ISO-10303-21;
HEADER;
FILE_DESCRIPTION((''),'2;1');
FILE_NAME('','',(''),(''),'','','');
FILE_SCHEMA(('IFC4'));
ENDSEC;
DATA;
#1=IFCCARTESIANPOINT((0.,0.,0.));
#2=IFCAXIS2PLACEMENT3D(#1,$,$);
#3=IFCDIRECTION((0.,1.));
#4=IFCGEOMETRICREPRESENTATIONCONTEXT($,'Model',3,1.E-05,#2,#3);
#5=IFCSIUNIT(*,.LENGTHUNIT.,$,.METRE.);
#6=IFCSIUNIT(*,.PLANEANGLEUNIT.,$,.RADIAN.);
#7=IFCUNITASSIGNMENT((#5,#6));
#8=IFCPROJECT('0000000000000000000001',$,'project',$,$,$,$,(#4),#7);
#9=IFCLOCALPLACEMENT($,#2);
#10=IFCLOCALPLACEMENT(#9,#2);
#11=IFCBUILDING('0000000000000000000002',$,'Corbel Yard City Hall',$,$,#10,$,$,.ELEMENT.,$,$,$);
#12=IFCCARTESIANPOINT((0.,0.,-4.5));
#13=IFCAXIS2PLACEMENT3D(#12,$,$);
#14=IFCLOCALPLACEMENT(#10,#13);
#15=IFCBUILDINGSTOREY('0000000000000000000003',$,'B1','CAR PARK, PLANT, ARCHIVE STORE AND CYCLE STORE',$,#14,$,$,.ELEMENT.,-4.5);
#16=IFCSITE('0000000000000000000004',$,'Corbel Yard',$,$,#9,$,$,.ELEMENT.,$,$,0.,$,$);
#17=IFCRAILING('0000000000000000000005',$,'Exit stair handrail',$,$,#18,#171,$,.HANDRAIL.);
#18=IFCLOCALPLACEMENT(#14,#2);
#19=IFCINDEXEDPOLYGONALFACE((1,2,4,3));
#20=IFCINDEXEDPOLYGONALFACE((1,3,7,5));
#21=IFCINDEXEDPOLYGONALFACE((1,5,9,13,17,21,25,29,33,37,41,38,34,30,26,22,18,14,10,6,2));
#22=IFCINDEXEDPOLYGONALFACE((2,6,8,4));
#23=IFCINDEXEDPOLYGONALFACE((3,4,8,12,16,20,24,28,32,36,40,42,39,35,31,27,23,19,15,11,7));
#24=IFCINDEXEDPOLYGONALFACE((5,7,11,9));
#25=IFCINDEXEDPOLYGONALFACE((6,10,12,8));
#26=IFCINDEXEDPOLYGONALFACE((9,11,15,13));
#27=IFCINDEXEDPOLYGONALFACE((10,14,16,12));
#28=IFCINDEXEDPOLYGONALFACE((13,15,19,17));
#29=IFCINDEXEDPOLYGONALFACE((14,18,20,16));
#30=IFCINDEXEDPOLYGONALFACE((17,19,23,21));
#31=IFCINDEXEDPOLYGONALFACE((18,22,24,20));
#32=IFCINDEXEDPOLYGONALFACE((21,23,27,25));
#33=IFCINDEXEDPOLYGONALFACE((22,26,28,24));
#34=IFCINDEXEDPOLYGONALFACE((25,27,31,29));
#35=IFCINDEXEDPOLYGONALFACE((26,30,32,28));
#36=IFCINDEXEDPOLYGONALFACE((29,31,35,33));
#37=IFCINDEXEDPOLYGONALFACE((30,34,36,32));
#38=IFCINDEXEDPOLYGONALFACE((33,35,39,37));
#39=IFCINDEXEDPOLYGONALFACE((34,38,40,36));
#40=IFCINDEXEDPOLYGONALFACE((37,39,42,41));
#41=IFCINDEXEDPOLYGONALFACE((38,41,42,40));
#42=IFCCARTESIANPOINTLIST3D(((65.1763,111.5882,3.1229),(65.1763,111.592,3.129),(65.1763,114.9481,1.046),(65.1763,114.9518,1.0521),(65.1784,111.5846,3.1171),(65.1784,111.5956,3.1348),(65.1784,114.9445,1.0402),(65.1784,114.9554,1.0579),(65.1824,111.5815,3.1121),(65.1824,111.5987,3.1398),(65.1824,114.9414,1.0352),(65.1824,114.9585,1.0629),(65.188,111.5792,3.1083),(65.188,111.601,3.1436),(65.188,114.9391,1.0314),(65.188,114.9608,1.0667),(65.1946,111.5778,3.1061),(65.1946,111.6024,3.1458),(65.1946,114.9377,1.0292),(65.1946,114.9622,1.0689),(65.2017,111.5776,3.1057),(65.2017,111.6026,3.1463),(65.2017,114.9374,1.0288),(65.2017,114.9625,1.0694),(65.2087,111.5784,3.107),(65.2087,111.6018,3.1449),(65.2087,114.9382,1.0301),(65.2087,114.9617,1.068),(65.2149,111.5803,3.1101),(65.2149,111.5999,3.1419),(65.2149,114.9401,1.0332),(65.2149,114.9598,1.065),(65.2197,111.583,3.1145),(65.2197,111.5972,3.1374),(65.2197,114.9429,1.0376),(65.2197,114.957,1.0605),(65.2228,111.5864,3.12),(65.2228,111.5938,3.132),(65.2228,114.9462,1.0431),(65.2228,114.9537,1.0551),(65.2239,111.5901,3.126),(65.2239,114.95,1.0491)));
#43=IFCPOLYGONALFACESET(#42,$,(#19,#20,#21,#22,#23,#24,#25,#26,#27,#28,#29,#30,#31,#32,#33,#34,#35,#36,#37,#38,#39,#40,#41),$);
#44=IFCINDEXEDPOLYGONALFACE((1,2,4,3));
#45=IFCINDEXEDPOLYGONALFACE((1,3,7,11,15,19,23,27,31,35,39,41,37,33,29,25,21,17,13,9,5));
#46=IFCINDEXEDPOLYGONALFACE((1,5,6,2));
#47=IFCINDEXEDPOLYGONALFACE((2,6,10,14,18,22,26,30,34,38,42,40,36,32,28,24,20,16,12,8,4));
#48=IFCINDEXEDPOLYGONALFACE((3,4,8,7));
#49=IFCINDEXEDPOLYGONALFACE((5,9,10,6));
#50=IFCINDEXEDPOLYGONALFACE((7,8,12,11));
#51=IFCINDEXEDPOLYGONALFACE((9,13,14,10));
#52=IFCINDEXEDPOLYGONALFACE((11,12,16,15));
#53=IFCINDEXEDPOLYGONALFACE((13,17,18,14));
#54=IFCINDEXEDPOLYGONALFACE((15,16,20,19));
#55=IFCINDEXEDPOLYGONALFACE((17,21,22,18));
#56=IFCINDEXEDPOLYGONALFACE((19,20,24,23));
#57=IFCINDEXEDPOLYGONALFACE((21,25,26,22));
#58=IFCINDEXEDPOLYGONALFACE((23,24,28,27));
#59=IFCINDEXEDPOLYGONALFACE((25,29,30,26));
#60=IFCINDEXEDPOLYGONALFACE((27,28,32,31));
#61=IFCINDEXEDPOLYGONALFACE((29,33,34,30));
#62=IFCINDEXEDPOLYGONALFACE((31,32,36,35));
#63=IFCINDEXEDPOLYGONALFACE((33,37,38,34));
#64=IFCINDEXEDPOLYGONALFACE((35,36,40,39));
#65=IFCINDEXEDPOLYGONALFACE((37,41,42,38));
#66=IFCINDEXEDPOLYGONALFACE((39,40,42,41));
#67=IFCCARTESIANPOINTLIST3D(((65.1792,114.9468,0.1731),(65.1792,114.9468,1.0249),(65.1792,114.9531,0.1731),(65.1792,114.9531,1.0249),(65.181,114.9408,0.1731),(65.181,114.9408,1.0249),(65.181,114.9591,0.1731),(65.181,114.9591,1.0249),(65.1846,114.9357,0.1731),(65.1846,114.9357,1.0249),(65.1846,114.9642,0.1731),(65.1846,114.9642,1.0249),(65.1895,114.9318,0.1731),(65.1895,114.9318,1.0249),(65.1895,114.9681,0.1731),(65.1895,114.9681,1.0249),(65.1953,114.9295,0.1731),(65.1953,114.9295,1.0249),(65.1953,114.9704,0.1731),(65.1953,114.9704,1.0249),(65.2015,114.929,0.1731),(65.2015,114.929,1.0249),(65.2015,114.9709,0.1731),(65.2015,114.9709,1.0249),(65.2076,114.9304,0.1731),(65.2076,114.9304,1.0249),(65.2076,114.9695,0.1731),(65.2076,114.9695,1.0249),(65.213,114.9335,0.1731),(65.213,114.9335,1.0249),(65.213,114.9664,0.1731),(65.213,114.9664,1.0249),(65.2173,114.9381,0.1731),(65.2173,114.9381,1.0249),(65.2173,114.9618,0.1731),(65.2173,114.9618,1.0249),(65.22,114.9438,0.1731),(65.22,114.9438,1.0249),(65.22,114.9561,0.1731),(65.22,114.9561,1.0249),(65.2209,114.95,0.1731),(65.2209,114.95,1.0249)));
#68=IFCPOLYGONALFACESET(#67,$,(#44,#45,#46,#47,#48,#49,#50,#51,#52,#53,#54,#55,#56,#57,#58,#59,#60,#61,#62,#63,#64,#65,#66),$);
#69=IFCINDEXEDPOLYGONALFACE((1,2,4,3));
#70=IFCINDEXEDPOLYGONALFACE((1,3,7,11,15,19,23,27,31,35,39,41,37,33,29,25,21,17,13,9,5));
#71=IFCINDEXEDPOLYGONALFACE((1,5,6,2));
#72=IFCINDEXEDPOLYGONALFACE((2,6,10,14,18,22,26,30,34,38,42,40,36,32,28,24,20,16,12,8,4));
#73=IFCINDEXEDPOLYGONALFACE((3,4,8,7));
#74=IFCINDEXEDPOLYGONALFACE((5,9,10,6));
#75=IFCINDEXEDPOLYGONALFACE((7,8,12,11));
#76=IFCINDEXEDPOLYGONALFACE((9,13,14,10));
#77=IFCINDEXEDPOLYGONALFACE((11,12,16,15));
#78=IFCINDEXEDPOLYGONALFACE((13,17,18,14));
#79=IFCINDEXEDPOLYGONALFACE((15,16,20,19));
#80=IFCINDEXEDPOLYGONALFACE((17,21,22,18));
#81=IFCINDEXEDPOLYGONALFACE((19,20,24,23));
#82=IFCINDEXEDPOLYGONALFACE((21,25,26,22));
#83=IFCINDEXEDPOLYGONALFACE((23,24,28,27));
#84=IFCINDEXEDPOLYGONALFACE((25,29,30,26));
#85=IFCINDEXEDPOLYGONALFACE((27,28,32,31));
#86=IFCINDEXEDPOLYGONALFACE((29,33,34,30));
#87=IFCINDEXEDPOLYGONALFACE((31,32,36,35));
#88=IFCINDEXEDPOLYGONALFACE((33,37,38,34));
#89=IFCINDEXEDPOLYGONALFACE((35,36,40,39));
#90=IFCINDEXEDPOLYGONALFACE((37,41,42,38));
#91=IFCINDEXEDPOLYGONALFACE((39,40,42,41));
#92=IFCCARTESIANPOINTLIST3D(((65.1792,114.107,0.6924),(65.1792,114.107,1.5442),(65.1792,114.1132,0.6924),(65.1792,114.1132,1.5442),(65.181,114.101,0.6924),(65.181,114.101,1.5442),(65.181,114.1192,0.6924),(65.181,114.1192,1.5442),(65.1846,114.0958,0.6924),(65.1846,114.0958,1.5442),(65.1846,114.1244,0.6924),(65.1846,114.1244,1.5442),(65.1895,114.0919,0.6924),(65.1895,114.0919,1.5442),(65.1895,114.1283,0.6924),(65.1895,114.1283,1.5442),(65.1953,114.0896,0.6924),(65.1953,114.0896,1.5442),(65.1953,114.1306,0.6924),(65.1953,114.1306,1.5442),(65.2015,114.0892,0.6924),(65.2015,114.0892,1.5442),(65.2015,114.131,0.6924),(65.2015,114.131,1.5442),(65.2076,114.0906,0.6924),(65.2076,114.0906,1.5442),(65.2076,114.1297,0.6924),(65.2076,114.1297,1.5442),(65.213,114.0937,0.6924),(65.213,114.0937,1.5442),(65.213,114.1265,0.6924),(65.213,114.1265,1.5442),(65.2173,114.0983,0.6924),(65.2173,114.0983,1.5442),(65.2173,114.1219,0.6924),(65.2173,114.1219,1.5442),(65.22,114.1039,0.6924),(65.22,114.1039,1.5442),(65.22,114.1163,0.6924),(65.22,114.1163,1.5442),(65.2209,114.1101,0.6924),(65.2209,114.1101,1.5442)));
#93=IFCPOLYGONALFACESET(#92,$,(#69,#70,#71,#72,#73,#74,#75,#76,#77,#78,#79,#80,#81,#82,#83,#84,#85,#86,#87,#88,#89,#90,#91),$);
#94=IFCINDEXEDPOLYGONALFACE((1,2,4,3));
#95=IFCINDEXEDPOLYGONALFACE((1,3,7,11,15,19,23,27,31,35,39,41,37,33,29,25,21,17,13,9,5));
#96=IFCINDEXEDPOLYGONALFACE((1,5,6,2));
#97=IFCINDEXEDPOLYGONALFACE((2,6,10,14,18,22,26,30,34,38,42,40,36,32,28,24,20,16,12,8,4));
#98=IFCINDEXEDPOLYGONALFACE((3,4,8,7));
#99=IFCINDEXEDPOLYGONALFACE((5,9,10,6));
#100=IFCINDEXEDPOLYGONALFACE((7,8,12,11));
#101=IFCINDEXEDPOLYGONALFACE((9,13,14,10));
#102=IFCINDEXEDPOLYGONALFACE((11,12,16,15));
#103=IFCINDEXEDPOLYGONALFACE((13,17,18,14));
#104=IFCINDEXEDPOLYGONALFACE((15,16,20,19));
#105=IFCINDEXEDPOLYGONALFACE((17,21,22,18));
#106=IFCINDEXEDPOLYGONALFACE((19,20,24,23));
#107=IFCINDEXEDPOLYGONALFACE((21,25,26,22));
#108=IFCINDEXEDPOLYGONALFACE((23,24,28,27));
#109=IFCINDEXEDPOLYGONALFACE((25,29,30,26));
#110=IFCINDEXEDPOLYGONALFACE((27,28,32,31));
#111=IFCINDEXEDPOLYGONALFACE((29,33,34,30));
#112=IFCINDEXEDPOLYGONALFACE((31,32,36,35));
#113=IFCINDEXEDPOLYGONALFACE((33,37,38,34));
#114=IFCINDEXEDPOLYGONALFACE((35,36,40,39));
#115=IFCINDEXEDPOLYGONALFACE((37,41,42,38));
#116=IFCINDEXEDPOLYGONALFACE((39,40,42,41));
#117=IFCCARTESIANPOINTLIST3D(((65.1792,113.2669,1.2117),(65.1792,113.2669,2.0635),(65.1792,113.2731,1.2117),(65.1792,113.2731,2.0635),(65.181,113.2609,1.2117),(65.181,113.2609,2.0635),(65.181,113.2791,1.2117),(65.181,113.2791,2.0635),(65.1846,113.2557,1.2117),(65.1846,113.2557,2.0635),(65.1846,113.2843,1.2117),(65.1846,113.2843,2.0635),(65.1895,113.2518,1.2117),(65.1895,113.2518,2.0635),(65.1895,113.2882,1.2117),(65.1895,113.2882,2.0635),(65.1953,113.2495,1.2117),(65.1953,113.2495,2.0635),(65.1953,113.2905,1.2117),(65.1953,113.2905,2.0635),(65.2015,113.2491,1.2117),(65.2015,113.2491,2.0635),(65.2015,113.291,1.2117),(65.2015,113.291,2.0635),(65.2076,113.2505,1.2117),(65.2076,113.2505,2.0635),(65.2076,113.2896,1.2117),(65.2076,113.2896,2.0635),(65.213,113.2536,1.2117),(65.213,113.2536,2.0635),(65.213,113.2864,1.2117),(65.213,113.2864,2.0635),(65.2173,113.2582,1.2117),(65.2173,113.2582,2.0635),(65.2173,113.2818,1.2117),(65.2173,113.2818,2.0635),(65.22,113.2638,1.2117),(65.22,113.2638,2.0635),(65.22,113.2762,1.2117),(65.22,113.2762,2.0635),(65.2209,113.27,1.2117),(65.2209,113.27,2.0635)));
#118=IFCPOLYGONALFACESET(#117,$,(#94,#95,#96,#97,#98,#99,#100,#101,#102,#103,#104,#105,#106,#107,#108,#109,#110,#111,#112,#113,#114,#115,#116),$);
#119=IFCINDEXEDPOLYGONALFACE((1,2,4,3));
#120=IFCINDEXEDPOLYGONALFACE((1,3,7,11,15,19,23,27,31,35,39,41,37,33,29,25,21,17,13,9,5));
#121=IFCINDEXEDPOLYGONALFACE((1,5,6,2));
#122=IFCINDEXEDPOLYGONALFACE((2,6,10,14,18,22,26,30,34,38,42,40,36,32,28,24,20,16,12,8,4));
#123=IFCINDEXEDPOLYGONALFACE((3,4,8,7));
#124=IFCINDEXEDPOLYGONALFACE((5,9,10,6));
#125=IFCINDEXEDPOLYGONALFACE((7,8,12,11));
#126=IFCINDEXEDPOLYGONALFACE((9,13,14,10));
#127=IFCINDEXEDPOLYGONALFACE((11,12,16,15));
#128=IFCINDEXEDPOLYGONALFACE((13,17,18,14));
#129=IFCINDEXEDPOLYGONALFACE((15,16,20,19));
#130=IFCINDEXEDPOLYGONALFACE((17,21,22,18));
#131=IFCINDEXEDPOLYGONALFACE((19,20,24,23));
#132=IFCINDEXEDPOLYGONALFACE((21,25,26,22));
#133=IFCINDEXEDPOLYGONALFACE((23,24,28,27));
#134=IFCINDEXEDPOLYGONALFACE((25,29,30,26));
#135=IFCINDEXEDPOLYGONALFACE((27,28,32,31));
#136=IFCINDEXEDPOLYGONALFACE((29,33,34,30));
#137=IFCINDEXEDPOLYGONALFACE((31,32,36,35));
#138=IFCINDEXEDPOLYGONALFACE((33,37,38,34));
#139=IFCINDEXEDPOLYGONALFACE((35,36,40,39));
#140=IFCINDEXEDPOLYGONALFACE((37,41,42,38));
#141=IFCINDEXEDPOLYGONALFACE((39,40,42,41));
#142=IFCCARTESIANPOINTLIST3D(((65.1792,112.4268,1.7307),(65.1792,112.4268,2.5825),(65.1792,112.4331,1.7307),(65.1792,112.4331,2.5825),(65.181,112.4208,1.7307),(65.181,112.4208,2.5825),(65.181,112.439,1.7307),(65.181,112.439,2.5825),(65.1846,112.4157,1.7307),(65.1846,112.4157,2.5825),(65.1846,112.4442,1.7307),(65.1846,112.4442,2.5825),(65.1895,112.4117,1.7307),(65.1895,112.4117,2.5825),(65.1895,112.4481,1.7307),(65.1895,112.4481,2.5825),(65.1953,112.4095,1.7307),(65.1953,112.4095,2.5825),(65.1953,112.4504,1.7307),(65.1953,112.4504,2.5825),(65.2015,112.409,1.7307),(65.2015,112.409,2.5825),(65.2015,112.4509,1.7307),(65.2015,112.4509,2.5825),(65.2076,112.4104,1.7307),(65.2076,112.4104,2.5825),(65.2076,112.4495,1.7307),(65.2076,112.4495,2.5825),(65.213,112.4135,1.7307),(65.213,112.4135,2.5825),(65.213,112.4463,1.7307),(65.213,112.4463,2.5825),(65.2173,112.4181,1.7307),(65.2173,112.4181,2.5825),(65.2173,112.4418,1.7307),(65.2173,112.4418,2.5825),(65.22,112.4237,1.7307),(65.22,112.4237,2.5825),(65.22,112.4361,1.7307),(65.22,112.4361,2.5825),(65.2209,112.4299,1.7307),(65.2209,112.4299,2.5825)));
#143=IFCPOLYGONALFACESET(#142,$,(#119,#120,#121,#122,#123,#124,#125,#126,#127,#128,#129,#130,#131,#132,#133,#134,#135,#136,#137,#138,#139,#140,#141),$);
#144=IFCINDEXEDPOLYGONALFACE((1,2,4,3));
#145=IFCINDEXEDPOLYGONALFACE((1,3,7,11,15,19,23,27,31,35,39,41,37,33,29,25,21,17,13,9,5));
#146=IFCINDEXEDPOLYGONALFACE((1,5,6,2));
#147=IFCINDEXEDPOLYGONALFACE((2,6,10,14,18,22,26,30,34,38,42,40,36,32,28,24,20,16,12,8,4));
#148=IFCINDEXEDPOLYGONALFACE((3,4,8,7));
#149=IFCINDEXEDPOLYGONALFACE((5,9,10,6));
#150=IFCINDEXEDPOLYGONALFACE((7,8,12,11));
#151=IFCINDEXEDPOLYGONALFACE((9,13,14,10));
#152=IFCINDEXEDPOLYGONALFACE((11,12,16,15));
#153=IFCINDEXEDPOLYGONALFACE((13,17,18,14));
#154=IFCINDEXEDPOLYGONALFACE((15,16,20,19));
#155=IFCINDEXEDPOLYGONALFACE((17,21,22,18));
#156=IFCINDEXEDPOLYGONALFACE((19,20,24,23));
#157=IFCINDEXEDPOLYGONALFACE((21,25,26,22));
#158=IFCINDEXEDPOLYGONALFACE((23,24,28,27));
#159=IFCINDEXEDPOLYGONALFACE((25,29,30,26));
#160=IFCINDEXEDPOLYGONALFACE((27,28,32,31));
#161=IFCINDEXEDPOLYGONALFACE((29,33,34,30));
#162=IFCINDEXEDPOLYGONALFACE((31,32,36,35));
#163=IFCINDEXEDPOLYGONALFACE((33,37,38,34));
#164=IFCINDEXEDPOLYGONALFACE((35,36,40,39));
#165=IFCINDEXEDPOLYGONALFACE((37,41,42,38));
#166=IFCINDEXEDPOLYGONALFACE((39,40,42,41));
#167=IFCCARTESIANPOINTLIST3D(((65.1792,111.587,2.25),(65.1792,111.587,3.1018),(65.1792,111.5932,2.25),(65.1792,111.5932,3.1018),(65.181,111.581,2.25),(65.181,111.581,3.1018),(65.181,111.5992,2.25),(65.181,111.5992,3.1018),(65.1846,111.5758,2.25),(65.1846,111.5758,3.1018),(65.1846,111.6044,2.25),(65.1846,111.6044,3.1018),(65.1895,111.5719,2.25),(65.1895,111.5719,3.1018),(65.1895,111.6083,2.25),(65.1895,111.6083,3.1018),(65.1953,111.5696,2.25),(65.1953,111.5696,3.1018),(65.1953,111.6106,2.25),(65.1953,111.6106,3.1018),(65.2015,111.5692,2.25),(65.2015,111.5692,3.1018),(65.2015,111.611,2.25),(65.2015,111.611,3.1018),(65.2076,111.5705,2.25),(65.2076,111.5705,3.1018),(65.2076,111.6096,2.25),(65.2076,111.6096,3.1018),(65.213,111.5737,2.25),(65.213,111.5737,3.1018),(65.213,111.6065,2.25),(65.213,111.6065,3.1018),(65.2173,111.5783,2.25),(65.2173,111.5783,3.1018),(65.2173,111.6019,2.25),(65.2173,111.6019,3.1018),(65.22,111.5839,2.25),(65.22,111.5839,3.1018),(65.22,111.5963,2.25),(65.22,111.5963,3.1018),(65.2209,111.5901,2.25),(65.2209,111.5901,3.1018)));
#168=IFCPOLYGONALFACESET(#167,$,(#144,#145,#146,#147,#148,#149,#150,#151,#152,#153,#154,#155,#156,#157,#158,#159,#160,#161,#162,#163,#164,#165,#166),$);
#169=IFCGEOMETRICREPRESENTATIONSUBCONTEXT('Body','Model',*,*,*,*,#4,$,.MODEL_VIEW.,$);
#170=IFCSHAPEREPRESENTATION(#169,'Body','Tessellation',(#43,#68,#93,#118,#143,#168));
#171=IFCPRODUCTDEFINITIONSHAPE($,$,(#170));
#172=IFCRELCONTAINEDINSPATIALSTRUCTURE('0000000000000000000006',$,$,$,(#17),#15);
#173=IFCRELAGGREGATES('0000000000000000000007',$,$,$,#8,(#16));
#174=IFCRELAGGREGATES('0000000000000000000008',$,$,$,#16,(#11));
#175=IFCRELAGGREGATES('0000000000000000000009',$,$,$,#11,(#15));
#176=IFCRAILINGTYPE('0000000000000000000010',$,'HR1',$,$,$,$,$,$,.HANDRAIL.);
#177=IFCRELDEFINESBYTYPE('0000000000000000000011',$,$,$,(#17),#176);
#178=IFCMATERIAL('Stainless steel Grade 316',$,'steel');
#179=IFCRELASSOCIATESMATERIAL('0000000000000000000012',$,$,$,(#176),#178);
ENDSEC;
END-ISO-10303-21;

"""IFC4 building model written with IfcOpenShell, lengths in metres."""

from ifc_helpers import new_model, si_unit, direction, frame, origin, origin_2d, place, context, subcontext, project, spatial, circle, extrude, material, type_object, element, save


model = new_model("IFC4")

# Units and contexts
model_context = context("Model", 3, precision=1e-05, world=origin(), true_north=direction((0.0, 1.0)))
body_context = subcontext(model_context, "Body", "Model", "MODEL_VIEW")
ifc_project = project(units=[si_unit("LENGTHUNIT", "METRE"), si_unit("PLANEANGLEUNIT", "RADIAN")], contexts=[model_context])

# Site, building, storey
site_placement = place(None, origin())
site = spatial("IfcSite", under=ifc_project, at=site_placement, Name="Corbel Yard", CompositionType="ELEMENT", RefElevation=0.0)
building_placement = place(site_placement, origin())
building = spatial("IfcBuilding", under=site, at=building_placement, Name="Corbel Yard City Hall", CompositionType="ELEMENT")
storey_placement = place(building_placement, frame((0.0, 0.0, -4.5)))
storey = spatial("IfcBuildingStorey", under=building, at=storey_placement, Name="B1", Description="CAR PARK, PLANT, ARCHIVE STORE AND CYCLE STORE", CompositionType="ELEMENT", Elevation=-4.5)

# Railing
ifc_material_1 = material(Name="Stainless steel Grade 316", Category="steel")
railing_type = type_object("IfcRailingType", Name="HR1", PredefinedType="HANDRAIL", material=ifc_material_1)
for number, where, name in (
    (1, (65.2, 114.95, 0.1731), "Exit stair handrail"),
):
    element("IfcRailing", number, at=place(storey_placement, frame(where)), inside=storey, type_object=railing_type, Name=name, PredefinedType="HANDRAIL", context=body_context, shape_type="SweptSolid", body=[
        extrude(circle(Radius=0.0239, at=origin_2d()), frame((0.0, 0.0, 0.876), z_axis=(0.0, -0.850606, 0.525803), x_axis=(1.0, 0.0, 0.0)), (0.0, 0.0, 1.0), 3.95),
        extrude(circle(Radius=0.021, at=origin_2d()), origin(), (0.0, 0.0, 1.0), 0.8518),
        extrude(circle(Radius=0.021, at=origin_2d()), frame((0.0, -0.8398, 0.5193)), (0.0, 0.0, 1.0), 0.8518),
        extrude(circle(Radius=0.021, at=origin_2d()), frame((0.0, -1.6799, 1.0386)), (0.0, 0.0, 1.0), 0.8518),
        extrude(circle(Radius=0.021, at=origin_2d()), frame((0.0, -2.52, 1.5576)), (0.0, 0.0, 1.0), 0.8518),
        extrude(circle(Radius=0.021, at=origin_2d()), frame((0.0, -3.3599, 2.0769)), (0.0, 0.0, 1.0), 0.8518),
    ])

save(model, "model.ifc")
